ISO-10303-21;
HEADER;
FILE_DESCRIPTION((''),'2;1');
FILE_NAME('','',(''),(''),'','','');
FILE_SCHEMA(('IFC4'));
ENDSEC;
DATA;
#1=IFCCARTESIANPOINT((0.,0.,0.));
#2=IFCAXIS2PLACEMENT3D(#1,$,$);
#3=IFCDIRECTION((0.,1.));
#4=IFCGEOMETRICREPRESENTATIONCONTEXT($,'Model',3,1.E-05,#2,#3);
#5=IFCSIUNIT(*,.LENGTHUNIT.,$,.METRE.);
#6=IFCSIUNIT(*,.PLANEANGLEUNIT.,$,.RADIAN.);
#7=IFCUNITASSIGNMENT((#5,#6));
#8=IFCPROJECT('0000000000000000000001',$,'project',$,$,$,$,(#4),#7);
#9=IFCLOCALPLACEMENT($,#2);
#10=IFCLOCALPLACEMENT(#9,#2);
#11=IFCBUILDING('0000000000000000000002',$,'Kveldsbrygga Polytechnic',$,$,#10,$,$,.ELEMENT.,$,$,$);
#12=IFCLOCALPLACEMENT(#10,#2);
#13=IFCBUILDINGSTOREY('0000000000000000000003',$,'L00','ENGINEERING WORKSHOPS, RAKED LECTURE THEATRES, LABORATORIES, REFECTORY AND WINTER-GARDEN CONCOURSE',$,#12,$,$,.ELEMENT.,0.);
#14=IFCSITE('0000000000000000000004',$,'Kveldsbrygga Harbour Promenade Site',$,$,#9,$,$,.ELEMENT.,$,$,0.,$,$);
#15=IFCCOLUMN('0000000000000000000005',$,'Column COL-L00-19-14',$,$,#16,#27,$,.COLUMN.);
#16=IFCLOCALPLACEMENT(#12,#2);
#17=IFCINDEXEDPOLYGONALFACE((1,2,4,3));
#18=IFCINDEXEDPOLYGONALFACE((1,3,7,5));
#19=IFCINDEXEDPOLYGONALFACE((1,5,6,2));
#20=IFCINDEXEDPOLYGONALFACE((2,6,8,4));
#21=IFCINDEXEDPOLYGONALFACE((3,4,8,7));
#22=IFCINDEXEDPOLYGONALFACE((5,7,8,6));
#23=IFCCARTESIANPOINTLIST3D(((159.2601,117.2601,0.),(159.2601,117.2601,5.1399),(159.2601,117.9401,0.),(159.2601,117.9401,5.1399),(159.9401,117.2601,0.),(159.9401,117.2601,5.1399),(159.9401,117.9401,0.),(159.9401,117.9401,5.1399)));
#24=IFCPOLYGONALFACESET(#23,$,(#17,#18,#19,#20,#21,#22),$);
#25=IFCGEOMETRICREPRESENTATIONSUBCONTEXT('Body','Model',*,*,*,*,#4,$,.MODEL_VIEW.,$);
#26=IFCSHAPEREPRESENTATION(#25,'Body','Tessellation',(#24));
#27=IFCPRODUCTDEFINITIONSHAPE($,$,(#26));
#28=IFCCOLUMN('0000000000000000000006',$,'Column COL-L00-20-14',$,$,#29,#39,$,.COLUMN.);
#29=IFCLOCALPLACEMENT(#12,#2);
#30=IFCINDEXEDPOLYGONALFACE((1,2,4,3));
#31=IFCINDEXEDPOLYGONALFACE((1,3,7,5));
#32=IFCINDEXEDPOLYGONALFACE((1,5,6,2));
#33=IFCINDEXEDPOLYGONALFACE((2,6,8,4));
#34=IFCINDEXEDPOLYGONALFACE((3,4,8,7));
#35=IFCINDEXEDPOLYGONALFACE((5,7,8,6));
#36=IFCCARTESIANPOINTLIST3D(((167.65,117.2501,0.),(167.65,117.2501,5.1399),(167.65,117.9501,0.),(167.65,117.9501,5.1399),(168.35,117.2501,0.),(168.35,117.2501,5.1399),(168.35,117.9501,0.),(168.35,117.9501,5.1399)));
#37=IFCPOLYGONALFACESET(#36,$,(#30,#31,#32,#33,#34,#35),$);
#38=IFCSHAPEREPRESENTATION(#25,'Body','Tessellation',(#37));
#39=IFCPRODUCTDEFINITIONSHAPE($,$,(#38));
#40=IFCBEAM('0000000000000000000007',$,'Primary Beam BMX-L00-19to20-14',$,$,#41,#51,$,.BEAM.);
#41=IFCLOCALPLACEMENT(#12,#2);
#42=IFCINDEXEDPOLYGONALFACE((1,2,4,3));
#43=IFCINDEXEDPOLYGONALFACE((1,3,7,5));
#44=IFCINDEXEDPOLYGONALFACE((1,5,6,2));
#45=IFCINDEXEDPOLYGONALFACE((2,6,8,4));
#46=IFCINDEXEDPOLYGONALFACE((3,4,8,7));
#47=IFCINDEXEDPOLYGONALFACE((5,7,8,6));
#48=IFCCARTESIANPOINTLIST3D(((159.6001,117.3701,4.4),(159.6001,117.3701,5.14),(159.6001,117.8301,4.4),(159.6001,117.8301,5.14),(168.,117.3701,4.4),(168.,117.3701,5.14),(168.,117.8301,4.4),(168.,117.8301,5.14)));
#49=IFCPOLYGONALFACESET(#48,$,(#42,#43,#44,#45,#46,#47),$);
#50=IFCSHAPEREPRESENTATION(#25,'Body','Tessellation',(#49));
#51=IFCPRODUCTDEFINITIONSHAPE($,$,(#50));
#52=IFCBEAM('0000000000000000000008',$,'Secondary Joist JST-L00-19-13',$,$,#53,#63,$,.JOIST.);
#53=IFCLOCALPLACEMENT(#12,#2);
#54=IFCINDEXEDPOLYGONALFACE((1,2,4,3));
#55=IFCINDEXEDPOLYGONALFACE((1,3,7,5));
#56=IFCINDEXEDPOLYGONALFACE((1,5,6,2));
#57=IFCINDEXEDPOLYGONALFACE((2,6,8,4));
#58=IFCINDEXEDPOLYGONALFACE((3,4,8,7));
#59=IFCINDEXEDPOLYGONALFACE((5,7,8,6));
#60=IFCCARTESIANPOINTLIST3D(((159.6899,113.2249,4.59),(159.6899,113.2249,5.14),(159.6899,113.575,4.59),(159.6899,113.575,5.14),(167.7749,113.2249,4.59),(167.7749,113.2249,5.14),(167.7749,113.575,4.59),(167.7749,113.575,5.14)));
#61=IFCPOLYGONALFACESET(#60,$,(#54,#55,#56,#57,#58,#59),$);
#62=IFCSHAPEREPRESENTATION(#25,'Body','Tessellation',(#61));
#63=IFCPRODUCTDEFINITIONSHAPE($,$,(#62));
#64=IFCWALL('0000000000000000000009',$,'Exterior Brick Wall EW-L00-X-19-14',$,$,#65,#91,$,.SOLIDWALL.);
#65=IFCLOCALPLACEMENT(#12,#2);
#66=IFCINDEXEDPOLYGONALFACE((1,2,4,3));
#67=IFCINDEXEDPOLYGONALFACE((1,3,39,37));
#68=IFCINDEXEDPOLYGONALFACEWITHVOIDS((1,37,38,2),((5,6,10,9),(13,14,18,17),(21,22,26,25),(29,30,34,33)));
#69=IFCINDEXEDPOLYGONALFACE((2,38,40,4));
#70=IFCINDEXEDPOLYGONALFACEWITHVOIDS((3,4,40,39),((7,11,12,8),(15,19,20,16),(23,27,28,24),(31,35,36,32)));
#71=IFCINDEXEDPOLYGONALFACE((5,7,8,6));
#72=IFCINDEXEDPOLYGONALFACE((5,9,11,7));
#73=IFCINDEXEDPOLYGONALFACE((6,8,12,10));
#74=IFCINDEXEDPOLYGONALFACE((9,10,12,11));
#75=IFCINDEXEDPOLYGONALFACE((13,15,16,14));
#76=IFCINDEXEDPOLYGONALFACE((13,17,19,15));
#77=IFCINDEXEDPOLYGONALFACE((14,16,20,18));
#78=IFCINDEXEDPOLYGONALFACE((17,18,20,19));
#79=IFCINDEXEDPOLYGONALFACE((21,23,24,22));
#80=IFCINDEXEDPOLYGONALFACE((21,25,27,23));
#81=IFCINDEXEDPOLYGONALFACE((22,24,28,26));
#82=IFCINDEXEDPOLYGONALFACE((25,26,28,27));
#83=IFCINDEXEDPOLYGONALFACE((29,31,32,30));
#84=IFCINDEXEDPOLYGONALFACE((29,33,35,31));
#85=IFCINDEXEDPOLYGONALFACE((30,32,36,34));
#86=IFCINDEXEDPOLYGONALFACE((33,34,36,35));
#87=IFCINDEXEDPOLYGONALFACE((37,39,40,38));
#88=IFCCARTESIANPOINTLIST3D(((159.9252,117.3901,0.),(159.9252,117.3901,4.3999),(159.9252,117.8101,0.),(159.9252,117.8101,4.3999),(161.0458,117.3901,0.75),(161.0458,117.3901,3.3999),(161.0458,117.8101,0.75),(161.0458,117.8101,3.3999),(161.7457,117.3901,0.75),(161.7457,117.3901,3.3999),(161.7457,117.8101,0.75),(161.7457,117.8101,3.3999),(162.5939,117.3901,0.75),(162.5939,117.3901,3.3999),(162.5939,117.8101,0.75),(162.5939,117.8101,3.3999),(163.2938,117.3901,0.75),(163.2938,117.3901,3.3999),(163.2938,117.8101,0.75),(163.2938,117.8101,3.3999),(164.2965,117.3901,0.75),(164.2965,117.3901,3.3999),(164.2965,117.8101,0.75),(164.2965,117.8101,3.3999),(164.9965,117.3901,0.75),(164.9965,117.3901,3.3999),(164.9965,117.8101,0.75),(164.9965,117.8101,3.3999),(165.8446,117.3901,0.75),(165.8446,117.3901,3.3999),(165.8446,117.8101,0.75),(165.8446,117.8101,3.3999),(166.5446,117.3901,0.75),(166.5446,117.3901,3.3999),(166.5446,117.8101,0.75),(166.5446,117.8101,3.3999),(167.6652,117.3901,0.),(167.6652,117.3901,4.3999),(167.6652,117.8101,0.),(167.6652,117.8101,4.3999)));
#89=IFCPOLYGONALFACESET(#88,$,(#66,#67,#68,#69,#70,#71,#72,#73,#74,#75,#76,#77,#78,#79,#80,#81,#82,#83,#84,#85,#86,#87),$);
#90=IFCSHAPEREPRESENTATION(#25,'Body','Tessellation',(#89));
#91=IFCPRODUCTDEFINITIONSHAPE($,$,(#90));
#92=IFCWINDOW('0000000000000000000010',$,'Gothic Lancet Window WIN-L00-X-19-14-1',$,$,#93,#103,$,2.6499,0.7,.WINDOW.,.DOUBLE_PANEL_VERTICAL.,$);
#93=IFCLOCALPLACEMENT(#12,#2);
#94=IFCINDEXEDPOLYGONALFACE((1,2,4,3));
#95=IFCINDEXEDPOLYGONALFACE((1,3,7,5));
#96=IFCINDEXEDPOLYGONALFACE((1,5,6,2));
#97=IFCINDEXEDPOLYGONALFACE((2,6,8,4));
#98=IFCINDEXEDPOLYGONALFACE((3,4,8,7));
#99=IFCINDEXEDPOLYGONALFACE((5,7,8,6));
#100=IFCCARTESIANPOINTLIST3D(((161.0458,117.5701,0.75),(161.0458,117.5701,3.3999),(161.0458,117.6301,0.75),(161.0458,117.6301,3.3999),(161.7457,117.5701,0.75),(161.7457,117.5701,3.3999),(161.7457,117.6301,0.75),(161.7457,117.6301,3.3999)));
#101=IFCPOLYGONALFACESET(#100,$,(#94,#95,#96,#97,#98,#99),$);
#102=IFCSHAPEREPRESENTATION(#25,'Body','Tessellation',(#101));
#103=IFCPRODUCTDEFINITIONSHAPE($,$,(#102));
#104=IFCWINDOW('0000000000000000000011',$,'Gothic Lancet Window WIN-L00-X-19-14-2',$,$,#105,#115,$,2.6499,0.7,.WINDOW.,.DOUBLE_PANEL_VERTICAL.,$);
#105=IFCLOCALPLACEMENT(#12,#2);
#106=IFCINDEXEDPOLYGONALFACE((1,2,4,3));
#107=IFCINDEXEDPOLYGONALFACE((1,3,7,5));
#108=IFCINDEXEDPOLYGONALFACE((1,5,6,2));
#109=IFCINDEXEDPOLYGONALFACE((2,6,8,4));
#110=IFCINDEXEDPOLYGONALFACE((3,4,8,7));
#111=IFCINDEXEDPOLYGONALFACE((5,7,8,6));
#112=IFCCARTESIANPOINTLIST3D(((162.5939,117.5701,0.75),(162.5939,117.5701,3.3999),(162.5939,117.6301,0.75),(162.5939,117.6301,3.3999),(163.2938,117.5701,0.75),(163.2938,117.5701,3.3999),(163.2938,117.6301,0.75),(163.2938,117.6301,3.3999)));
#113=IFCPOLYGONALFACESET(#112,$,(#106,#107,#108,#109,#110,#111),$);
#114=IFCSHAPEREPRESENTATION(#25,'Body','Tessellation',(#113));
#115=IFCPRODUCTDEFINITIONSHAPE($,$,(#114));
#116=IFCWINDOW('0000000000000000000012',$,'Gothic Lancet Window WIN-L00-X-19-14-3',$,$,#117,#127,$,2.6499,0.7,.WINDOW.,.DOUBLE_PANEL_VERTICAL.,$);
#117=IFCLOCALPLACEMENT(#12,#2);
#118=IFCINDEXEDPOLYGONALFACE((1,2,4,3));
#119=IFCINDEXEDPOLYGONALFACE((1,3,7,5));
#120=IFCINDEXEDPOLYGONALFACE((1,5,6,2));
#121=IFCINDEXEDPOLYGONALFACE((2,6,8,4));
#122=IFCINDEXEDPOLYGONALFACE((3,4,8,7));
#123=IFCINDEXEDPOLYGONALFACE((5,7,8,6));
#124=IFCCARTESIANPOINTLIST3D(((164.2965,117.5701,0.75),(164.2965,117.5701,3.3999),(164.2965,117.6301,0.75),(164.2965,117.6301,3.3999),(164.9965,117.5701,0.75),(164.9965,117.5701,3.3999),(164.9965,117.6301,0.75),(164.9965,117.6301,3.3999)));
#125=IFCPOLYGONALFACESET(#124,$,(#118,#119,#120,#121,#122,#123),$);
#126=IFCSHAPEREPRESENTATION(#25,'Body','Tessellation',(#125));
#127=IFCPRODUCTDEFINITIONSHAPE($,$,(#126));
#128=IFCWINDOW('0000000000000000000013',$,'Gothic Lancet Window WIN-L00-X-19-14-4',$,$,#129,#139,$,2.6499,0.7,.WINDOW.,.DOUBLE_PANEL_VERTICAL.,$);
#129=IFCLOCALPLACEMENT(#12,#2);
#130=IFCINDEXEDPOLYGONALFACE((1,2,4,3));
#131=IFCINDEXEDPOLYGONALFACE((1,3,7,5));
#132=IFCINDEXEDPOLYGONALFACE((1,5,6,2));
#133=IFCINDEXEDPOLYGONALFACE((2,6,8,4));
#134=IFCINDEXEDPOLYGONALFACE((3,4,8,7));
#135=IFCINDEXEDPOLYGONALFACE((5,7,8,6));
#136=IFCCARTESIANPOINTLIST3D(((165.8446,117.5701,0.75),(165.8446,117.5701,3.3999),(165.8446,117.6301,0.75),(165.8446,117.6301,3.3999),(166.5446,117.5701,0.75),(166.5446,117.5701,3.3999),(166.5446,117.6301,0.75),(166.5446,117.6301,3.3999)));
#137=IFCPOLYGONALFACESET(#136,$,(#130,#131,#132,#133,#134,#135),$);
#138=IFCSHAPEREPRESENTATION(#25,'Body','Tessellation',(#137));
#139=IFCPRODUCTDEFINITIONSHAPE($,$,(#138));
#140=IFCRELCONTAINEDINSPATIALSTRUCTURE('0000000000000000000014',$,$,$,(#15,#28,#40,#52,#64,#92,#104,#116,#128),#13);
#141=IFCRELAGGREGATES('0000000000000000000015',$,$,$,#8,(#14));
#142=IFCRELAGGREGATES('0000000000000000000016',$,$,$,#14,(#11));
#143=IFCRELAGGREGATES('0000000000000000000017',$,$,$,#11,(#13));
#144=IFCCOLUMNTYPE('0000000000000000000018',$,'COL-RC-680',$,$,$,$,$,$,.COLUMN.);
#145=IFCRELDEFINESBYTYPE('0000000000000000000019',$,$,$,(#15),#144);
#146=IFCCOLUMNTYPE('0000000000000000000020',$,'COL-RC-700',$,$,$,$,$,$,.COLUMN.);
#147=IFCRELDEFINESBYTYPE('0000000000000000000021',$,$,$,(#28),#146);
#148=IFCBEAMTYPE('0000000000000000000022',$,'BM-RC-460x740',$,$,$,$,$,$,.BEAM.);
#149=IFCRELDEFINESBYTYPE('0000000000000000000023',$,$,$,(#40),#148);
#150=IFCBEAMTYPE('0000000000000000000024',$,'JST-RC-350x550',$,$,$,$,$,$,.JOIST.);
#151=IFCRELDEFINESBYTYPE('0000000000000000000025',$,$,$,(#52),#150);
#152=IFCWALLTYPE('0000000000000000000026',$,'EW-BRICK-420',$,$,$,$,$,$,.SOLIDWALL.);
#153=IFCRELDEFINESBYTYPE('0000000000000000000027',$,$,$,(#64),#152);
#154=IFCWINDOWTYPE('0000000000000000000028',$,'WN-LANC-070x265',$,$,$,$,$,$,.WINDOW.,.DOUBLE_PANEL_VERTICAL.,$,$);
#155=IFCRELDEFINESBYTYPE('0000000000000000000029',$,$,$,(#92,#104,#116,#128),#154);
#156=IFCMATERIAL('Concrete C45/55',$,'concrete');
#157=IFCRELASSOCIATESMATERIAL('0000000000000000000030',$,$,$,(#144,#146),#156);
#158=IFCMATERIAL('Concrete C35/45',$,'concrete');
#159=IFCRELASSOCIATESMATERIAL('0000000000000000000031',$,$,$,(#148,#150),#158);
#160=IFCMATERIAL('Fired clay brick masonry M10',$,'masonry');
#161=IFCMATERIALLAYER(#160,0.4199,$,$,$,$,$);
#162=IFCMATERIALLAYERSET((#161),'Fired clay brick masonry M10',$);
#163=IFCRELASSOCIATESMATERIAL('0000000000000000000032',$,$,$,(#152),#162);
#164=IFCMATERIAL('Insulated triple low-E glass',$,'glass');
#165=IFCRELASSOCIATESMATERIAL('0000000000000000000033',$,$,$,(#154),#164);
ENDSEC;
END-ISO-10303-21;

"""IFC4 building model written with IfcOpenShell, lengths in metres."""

from ifc_helpers import new_model, si_unit, direction, frame, frame_2d, origin, origin_2d, place, context, subcontext, project, spatial, rectangle, extrude, material, layer, layer_set, material_profile, profile_set, type_object, element, fill, save


model = new_model("IFC4")

# Units and contexts
model_context = context("Model", 3, precision=1e-05, world=origin(), true_north=direction((0.0, 1.0)))
body_context = subcontext(model_context, "Body", "Model", "MODEL_VIEW")
ifc_project = project(units=[si_unit("LENGTHUNIT", "METRE"), si_unit("PLANEANGLEUNIT", "RADIAN")], contexts=[model_context])

# Site, building, storey
site_placement = place(None, origin())
site = spatial("IfcSite", under=ifc_project, at=site_placement, Name="Kveldsbrygga Harbour Promenade Site", CompositionType="ELEMENT", RefElevation=0.0)
building_placement = place(site_placement, origin())
building = spatial("IfcBuilding", under=site, at=building_placement, Name="Kveldsbrygga Polytechnic", CompositionType="ELEMENT")
storey_placement = place(building_placement, origin())
storey = spatial("IfcBuildingStorey", under=building, at=storey_placement, Name="L00", Description="ENGINEERING WORKSHOPS, RAKED LECTURE THEATRES, LABORATORIES, REFECTORY AND WINTER-GARDEN CONCOURSE", CompositionType="ELEMENT", Elevation=0.0)

# Columns
ifc_material_1 = material(Name="Concrete C45/55", Category="concrete")
ifc_material_profile_1 = material_profile(ifc_material_1, rectangle(XDim=0.6799, YDim=0.6799, at=origin_2d()), Name="RC 680x680")
ifc_profile_set_1 = profile_set([ifc_material_profile_1], Name="Concrete C45/55")
column_type_1 = type_object("IfcColumnType", Name="COL-RC-680", PredefinedType="COLUMN", material=ifc_profile_set_1)
column_1_placement = place(storey_placement, frame((159.6001, 117.6001, 0.0), z_axis=(0.0, 0.0, 1.0), x_axis=(1.0, 0.0, 0.0)))
element("IfcColumn", 1, at=column_1_placement, inside=storey, type_object=column_type_1, Name="Column COL-L00-19-14", PredefinedType="COLUMN", context=body_context, shape_type="SweptSolid", body=[
    extrude(rectangle(XDim=0.6799, YDim=0.6799, at=origin_2d()), origin(), (0.0, 0.0, 1.0), 5.1399),
])
ifc_material_profile_2 = material_profile(ifc_material_1, rectangle(XDim=0.7, YDim=0.7, at=origin_2d()), Name="RC 700x700")
ifc_profile_set_2 = profile_set([ifc_material_profile_2], Name="Concrete C45/55")
column_type_2 = type_object("IfcColumnType", Name="COL-RC-700", PredefinedType="COLUMN", material=ifc_profile_set_2)
column_2_placement = place(storey_placement, frame((168.0, 117.6001, 0.0), z_axis=(0.0, 0.0, 1.0), x_axis=(1.0, 0.0, 0.0)))
element("IfcColumn", 2, at=column_2_placement, inside=storey, type_object=column_type_2, Name="Column COL-L00-20-14", PredefinedType="COLUMN", context=body_context, shape_type="SweptSolid", body=[
    extrude(rectangle(XDim=0.7, YDim=0.7, at=origin_2d()), origin(), (0.0, 0.0, 1.0), 5.1399),
])

# Beams
ifc_material_2 = material(Name="Concrete C35/45", Category="concrete")
ifc_material_profile_3 = material_profile(ifc_material_2, rectangle(XDim=0.46, YDim=0.74, at=origin_2d()), Name="RC 460x740")
ifc_profile_set_3 = profile_set([ifc_material_profile_3], Name="Concrete C35/45")
beam_type_1 = type_object("IfcBeamType", Name="BM-RC-460x740", PredefinedType="BEAM", material=ifc_profile_set_3)
beam_1_placement = place(storey_placement, frame((159.6001, 117.6001, 4.77), z_axis=(1.0, 0.0, 0.0), x_axis=(0.0, 1.0, 0.0)))
element("IfcBeam", 3, at=beam_1_placement, inside=storey, type_object=beam_type_1, Name="Primary Beam BMX-L00-19to20-14", PredefinedType="BEAM", context=body_context, shape_type="SweptSolid", body=[
    extrude(rectangle(XDim=0.46, YDim=0.74, at=origin_2d()), origin(), (0.0, 0.0, 1.0), 8.3999),
])
ifc_material_profile_4 = material_profile(ifc_material_2, rectangle(XDim=0.3501, YDim=0.55, at=origin_2d()), Name="RC 350x550")
ifc_profile_set_4 = profile_set([ifc_material_profile_4], Name="Concrete C35/45")
beam_type_2 = type_object("IfcBeamType", Name="JST-RC-350x550", PredefinedType="JOIST", material=ifc_profile_set_4)
beam_2_placement = place(storey_placement, frame((159.6899, 113.3999, 4.865), z_axis=(1.0, 0.0, 0.0), x_axis=(0.0, 1.0, 0.0)))
element("IfcBeam", 4, at=beam_2_placement, inside=storey, type_object=beam_type_2, Name="Secondary Joist JST-L00-19-13", PredefinedType="JOIST", context=body_context, shape_type="SweptSolid", body=[
    extrude(rectangle(XDim=0.3501, YDim=0.55, at=origin_2d()), origin(), (0.0, 0.0, 1.0), 8.085),
])

# Wall, openings, windows
ifc_material_3 = material(Name="Fired clay brick masonry M10", Category="masonry")
ifc_layer_1 = layer(ifc_material_3, 0.4199)
ifc_layer_set_1 = layer_set([ifc_layer_1], Name="Fired clay brick masonry M10")
wall_type_1 = type_object("IfcWallType", Name="EW-BRICK-420", PredefinedType="SOLIDWALL", material=ifc_layer_set_1)
wall_1_placement = place(storey_placement, frame((159.925, 117.6001, 0.0), z_axis=(0.0, 0.0, 1.0), x_axis=(1.0, 0.0, 0.0)))
wall_1 = element("IfcWall", 5, at=wall_1_placement, inside=storey, type_object=wall_type_1, Name="Exterior Brick Wall EW-L00-X-19-14", PredefinedType="SOLIDWALL", context=body_context, shape_type="SweptSolid", body=[
    extrude(rectangle(XDim=7.74, YDim=0.4199, at=frame_2d((3.8701, 0.0))), origin(), (0.0, 0.0, 1.0), 4.3999),
])
opening_1_placement = place(wall_1_placement, frame((1.1206, 0.0, 0.75)))
opening_1 = element("IfcOpeningElement", 6, at=opening_1_placement, cuts=wall_1, PredefinedType="OPENING", context=body_context, shape_type="SweptSolid", body=[
    extrude(rectangle(XDim=0.7, YDim=2.6499, at=frame_2d((0.3501, 1.325))), frame((0.0, 0.22, 0.0), z_axis=(0.0, -1.0, 0.0), x_axis=(1.0, 0.0, 0.0)), (0.0, 0.0, 1.0), 0.4399),
])
opening_2_placement = place(wall_1_placement, frame((2.6687, 0.0, 0.75)))
opening_2 = element("IfcOpeningElement", 7, at=opening_2_placement, cuts=wall_1, PredefinedType="OPENING", context=body_context, shape_type="SweptSolid", body=[
    extrude(rectangle(XDim=0.7, YDim=2.6499, at=frame_2d((0.3501, 1.325))), frame((0.0, 0.22, 0.0), z_axis=(0.0, -1.0, 0.0), x_axis=(1.0, 0.0, 0.0)), (0.0, 0.0, 1.0), 0.4399),
])
opening_3_placement = place(wall_1_placement, frame((4.3713, 0.0, 0.75)))
opening_3 = element("IfcOpeningElement", 8, at=opening_3_placement, cuts=wall_1, PredefinedType="OPENING", context=body_context, shape_type="SweptSolid", body=[
    extrude(rectangle(XDim=0.7, YDim=2.6499, at=frame_2d((0.3501, 1.325))), frame((0.0, 0.22, 0.0), z_axis=(0.0, -1.0, 0.0), x_axis=(1.0, 0.0, 0.0)), (0.0, 0.0, 1.0), 0.4399),
])
opening_4_placement = place(wall_1_placement, frame((5.9194, 0.0, 0.75)))
opening_4 = element("IfcOpeningElement", 9, at=opening_4_placement, cuts=wall_1, PredefinedType="OPENING", context=body_context, shape_type="SweptSolid", body=[
    extrude(rectangle(XDim=0.7, YDim=2.6499, at=frame_2d((0.3501, 1.325))), frame((0.0, 0.22, 0.0), z_axis=(0.0, -1.0, 0.0), x_axis=(1.0, 0.0, 0.0)), (0.0, 0.0, 1.0), 0.4399),
])
ifc_material_4 = material(Name="Insulated triple low-E glass", Category="glass")
window_type_1 = type_object("IfcWindowType", Name="WN-LANC-070x265", PartitioningType="DOUBLE_PANEL_VERTICAL", PredefinedType="WINDOW", material=ifc_material_4)
window_1_placement = place(opening_1_placement, origin())
window_1 = element("IfcWindow", 10, at=window_1_placement, inside=storey, type_object=window_type_1, Name="Gothic Lancet Window WIN-L00-X-19-14-1", OverallHeight=2.6499, OverallWidth=0.7, PartitioningType="DOUBLE_PANEL_VERTICAL", PredefinedType="WINDOW", context=body_context, shape_type="SweptSolid", body=[
    extrude(rectangle(XDim=0.7, YDim=2.6499, at=frame_2d((0.3501, 1.325))), frame((0.0, 0.03, 0.0), z_axis=(0.0, -1.0, 0.0), x_axis=(1.0, 0.0, 0.0)), (0.0, 0.0, 1.0), 0.0601),
])
fill(opening_1, window_1)
window_2_placement = place(opening_2_placement, origin())
window_2 = element("IfcWindow", 11, at=window_2_placement, inside=storey, type_object=window_type_1, Name="Gothic Lancet Window WIN-L00-X-19-14-2", OverallHeight=2.6499, OverallWidth=0.7, PartitioningType="DOUBLE_PANEL_VERTICAL", PredefinedType="WINDOW", context=body_context, shape_type="SweptSolid", body=[
    extrude(rectangle(XDim=0.7, YDim=2.6499, at=frame_2d((0.3501, 1.325))), frame((0.0, 0.03, 0.0), z_axis=(0.0, -1.0, 0.0), x_axis=(1.0, 0.0, 0.0)), (0.0, 0.0, 1.0), 0.0601),
])
fill(opening_2, window_2)
window_3_placement = place(opening_3_placement, origin())
window_3 = element("IfcWindow", 12, at=window_3_placement, inside=storey, type_object=window_type_1, Name="Gothic Lancet Window WIN-L00-X-19-14-3", OverallHeight=2.6499, OverallWidth=0.7, PartitioningType="DOUBLE_PANEL_VERTICAL", PredefinedType="WINDOW", context=body_context, shape_type="SweptSolid", body=[
    extrude(rectangle(XDim=0.7, YDim=2.6499, at=frame_2d((0.3501, 1.325))), frame((0.0, 0.03, 0.0), z_axis=(0.0, -1.0, 0.0), x_axis=(1.0, 0.0, 0.0)), (0.0, 0.0, 1.0), 0.0601),
])
fill(opening_3, window_3)
window_4_placement = place(opening_4_placement, origin())
window_4 = element("IfcWindow", 13, at=window_4_placement, inside=storey, type_object=window_type_1, Name="Gothic Lancet Window WIN-L00-X-19-14-4", OverallHeight=2.6499, OverallWidth=0.7, PartitioningType="DOUBLE_PANEL_VERTICAL", PredefinedType="WINDOW", context=body_context, shape_type="SweptSolid", body=[
    extrude(rectangle(XDim=0.7, YDim=2.6499, at=frame_2d((0.3501, 1.325))), frame((0.0, 0.03, 0.0), z_axis=(0.0, -1.0, 0.0), x_axis=(1.0, 0.0, 0.0)), (0.0, 0.0, 1.0), 0.0601),
])
fill(opening_4, window_4)

save(model, "model.ifc")
